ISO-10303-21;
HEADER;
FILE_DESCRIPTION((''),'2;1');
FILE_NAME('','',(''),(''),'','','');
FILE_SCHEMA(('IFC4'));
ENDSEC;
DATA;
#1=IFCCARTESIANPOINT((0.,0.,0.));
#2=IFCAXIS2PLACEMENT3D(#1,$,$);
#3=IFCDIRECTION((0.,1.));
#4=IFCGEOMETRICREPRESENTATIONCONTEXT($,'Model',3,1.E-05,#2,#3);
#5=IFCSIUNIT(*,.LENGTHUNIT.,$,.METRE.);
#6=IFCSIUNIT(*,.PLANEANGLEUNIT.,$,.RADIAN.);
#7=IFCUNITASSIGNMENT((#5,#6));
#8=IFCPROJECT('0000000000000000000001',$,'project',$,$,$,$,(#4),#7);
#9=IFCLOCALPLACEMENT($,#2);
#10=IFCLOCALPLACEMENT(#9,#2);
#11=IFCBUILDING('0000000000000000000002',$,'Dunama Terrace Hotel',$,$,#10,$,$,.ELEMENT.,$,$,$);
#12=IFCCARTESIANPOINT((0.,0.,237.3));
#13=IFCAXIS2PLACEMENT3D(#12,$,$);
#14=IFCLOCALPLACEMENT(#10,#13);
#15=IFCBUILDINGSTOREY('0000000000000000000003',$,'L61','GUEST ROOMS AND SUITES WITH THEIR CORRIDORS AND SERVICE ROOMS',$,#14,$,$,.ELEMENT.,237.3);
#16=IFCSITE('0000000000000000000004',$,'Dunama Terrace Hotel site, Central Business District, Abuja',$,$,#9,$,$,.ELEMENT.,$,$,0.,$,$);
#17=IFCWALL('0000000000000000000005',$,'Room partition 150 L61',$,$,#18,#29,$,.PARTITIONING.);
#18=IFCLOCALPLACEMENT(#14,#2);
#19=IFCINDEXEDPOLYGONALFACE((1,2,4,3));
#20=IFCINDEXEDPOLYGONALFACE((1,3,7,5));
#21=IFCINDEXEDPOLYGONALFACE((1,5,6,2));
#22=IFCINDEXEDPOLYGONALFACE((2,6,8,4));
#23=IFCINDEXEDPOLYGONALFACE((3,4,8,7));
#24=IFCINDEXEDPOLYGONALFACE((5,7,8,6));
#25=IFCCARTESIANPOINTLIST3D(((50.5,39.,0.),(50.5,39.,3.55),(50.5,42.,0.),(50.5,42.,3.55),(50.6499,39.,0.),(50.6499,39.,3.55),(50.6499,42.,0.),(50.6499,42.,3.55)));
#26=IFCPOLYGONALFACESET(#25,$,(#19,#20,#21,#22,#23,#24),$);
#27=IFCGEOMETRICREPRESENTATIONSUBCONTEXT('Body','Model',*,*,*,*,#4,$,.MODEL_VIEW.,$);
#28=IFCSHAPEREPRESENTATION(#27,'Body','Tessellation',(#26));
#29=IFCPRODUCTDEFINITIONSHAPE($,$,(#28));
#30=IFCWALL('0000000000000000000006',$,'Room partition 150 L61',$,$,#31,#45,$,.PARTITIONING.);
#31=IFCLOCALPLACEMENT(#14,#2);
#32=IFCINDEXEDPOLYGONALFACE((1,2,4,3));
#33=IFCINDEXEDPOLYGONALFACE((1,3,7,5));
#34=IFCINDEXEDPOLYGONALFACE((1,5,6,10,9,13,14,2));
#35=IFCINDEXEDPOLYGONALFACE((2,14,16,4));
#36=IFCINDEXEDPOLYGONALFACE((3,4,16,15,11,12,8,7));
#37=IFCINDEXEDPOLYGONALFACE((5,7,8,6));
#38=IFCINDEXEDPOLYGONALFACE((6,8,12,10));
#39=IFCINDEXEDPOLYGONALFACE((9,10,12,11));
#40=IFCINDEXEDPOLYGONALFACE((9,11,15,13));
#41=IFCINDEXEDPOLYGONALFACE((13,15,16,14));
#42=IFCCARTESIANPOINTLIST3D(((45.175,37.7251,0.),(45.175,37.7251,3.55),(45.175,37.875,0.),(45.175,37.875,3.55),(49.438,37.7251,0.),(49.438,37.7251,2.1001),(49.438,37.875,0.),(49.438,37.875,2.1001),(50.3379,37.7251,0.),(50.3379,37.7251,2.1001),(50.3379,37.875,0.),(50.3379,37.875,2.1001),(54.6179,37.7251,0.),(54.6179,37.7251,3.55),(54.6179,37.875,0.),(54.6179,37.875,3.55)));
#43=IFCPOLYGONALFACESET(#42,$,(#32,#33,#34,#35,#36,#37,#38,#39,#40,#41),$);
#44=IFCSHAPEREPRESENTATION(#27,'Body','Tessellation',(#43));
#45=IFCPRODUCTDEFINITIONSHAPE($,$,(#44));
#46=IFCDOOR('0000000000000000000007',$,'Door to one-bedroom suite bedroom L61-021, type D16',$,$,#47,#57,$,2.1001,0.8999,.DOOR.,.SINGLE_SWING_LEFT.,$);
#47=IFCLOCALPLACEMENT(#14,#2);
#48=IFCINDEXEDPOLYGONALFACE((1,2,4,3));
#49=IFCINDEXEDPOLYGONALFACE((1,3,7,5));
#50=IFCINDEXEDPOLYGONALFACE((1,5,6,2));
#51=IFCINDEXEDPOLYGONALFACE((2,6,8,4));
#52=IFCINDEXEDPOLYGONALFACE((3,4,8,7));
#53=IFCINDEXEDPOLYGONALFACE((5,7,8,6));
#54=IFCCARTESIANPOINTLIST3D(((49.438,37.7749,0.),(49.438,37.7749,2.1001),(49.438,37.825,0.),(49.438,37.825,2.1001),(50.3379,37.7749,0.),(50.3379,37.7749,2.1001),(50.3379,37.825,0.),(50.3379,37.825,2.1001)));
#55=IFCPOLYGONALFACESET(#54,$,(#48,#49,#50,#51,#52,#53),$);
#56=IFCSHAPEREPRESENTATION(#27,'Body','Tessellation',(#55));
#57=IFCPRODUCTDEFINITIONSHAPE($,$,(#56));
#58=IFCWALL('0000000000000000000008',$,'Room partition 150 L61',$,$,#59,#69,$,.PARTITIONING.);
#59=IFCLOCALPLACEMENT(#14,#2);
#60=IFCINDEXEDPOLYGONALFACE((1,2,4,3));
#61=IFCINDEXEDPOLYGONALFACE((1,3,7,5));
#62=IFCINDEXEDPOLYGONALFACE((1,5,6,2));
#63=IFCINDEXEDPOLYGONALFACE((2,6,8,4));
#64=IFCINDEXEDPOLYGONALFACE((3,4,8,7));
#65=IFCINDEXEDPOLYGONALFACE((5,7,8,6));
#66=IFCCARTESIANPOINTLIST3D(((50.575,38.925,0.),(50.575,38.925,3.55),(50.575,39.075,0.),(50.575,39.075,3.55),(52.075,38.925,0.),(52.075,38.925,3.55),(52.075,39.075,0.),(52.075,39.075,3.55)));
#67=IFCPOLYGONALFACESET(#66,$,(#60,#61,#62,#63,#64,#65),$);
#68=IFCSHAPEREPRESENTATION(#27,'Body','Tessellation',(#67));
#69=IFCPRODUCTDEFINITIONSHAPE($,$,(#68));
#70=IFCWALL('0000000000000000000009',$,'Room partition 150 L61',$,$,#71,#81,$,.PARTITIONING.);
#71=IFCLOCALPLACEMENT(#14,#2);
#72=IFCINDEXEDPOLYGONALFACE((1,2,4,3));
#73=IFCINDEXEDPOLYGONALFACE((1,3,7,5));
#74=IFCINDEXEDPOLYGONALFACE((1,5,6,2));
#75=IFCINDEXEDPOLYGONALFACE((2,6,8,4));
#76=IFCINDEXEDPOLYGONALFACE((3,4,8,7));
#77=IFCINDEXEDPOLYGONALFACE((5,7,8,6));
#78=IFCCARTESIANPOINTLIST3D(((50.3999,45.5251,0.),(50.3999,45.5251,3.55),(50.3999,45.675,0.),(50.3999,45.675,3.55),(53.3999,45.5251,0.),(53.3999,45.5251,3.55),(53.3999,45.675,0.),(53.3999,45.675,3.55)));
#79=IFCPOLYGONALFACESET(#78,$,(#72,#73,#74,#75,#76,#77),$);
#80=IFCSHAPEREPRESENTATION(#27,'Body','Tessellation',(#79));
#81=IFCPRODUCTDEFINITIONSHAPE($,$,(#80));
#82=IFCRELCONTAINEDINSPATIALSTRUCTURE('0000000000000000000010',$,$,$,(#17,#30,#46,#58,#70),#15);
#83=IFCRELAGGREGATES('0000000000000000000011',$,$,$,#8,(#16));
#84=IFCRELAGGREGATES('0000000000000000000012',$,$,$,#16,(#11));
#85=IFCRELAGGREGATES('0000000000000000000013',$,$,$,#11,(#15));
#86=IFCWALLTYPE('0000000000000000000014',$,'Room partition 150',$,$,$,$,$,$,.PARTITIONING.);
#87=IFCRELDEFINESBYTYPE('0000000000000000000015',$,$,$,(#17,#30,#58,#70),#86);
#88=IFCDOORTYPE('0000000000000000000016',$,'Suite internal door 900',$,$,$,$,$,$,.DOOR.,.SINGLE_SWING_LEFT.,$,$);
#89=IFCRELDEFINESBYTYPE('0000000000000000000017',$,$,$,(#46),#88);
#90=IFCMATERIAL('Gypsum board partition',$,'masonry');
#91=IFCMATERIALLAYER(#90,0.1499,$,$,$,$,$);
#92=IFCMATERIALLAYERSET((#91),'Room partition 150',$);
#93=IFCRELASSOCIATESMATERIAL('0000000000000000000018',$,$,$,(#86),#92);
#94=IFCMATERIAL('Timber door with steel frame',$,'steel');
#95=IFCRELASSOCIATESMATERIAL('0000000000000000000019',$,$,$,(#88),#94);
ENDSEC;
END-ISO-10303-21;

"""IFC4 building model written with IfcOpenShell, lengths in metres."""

from ifc_helpers import new_model, si_unit, direction, frame, frame_2d, origin, place, context, subcontext, project, spatial, rectangle, extrude, material, layer, layer_set, type_object, element, fill, save


model = new_model("IFC4")

# Units and contexts
model_context = context("Model", 3, precision=1e-05, world=origin(), true_north=direction((0.0, 1.0)))
body_context = subcontext(model_context, "Body", "Model", "MODEL_VIEW")
ifc_project = project(units=[si_unit("LENGTHUNIT", "METRE"), si_unit("PLANEANGLEUNIT", "RADIAN")], contexts=[model_context])

# Site, building, storey
site_placement = place(None, origin())
site = spatial("IfcSite", under=ifc_project, at=site_placement, Name="Dunama Terrace Hotel site, Central Business District, Abuja", CompositionType="ELEMENT", RefElevation=0.0)
building_placement = place(site_placement, origin())
building = spatial("IfcBuilding", under=site, at=building_placement, Name="Dunama Terrace Hotel", CompositionType="ELEMENT")
storey_placement = place(building_placement, frame((0.0, 0.0, 237.3)))
storey = spatial("IfcBuildingStorey", under=building, at=storey_placement, Name="L61", Description="GUEST ROOMS AND SUITES WITH THEIR CORRIDORS AND SERVICE ROOMS", CompositionType="ELEMENT", Elevation=237.3)

# Shared definitions
ifc_material_1 = material(Name="Gypsum board partition", Category="masonry")
ifc_layer_1 = layer(ifc_material_1, 0.1499)
ifc_layer_set_1 = layer_set([ifc_layer_1], Name="Room partition 150")
wall_type_1 = type_object("IfcWallType", Name="Room partition 150", PredefinedType="PARTITIONING", material=ifc_layer_set_1)
ifc_material_2 = material(Name="Timber door with steel frame", Category="steel")
door_type_1 = type_object("IfcDoorType", Name="Suite internal door 900", OperationType="SINGLE_SWING_LEFT", PredefinedType="DOOR", material=ifc_material_2)

# Wall
wall_1_placement = place(storey_placement, frame((50.575, 39.0, 0.0), z_axis=(0.0, 0.0, 1.0), x_axis=(0.0, 1.0, 0.0)))
element("IfcWall", 1, at=wall_1_placement, inside=storey, type_object=wall_type_1, Name="Room partition 150 L61", PredefinedType="PARTITIONING", context=body_context, shape_type="SweptSolid", body=[
    extrude(rectangle(XDim=3.0, YDim=0.1499, at=frame_2d((1.5, 0.0))), origin(), (0.0, 0.0, 1.0), 3.55),
])

# Wall, opening, door
wall_2_placement = place(storey_placement, frame((45.175, 37.8, 0.0), z_axis=(0.0, 0.0, 1.0), x_axis=(1.0, 0.0, 0.0)))
wall_2 = element("IfcWall", 2, at=wall_2_placement, inside=storey, type_object=wall_type_1, Name="Room partition 150 L61", PredefinedType="PARTITIONING", context=body_context, shape_type="SweptSolid", body=[
    extrude(rectangle(XDim=9.4429, YDim=0.1499, at=frame_2d((4.7214, 0.0))), origin(), (0.0, 0.0, 1.0), 3.55),
])
opening_1_placement = place(wall_2_placement, frame((4.2629, 0.0, 0.0)))
opening_1 = element("IfcOpeningElement", 3, at=opening_1_placement, cuts=wall_2, PredefinedType="OPENING", context=body_context, shape_type="SweptSolid", body=[
    extrude(rectangle(XDim=0.8999, YDim=2.1001, at=frame_2d((0.45, 1.05))), frame((0.0, 0.085, 0.0), z_axis=(0.0, -1.0, 0.0), x_axis=(1.0, 0.0, 0.0)), (0.0, 0.0, 1.0), 0.1699),
])
door_1_placement = place(opening_1_placement, origin())
door_1 = element("IfcDoor", 4, at=door_1_placement, inside=storey, type_object=door_type_1, Name="Door to one-bedroom suite bedroom L61-021, type D16", OperationType="SINGLE_SWING_LEFT", OverallHeight=2.1001, OverallWidth=0.8999, PredefinedType="DOOR", context=body_context, shape_type="SweptSolid", body=[
    extrude(rectangle(XDim=0.8999, YDim=2.1001, at=frame_2d((0.45, 1.05))), frame((0.0, 0.0249, 0.0), z_axis=(0.0, -1.0, 0.0), x_axis=(1.0, 0.0, 0.0)), (0.0, 0.0, 1.0), 0.05),
])
fill(opening_1, door_1)

# Walls
wall_3_placement = place(storey_placement, frame((50.575, 39.0, 0.0), z_axis=(0.0, 0.0, 1.0), x_axis=(1.0, 0.0, 0.0)))
element("IfcWall", 5, at=wall_3_placement, inside=storey, type_object=wall_type_1, Name="Room partition 150 L61", PredefinedType="PARTITIONING", context=body_context, shape_type="SweptSolid", body=[
    extrude(rectangle(XDim=1.5, YDim=0.1499, at=frame_2d((0.75, 0.0))), origin(), (0.0, 0.0, 1.0), 3.55),
])
wall_4_placement = place(storey_placement, frame((50.3999, 45.6001, 0.0), z_axis=(0.0, 0.0, 1.0), x_axis=(1.0, 0.0, 0.0)))
element("IfcWall", 6, at=wall_4_placement, inside=storey, type_object=wall_type_1, Name="Room partition 150 L61", PredefinedType="PARTITIONING", context=body_context, shape_type="SweptSolid", body=[
    extrude(rectangle(XDim=3.0, YDim=0.1499, at=frame_2d((1.5, 0.0))), origin(), (0.0, 0.0, 1.0), 3.55),
])

save(model, "model.ifc")
